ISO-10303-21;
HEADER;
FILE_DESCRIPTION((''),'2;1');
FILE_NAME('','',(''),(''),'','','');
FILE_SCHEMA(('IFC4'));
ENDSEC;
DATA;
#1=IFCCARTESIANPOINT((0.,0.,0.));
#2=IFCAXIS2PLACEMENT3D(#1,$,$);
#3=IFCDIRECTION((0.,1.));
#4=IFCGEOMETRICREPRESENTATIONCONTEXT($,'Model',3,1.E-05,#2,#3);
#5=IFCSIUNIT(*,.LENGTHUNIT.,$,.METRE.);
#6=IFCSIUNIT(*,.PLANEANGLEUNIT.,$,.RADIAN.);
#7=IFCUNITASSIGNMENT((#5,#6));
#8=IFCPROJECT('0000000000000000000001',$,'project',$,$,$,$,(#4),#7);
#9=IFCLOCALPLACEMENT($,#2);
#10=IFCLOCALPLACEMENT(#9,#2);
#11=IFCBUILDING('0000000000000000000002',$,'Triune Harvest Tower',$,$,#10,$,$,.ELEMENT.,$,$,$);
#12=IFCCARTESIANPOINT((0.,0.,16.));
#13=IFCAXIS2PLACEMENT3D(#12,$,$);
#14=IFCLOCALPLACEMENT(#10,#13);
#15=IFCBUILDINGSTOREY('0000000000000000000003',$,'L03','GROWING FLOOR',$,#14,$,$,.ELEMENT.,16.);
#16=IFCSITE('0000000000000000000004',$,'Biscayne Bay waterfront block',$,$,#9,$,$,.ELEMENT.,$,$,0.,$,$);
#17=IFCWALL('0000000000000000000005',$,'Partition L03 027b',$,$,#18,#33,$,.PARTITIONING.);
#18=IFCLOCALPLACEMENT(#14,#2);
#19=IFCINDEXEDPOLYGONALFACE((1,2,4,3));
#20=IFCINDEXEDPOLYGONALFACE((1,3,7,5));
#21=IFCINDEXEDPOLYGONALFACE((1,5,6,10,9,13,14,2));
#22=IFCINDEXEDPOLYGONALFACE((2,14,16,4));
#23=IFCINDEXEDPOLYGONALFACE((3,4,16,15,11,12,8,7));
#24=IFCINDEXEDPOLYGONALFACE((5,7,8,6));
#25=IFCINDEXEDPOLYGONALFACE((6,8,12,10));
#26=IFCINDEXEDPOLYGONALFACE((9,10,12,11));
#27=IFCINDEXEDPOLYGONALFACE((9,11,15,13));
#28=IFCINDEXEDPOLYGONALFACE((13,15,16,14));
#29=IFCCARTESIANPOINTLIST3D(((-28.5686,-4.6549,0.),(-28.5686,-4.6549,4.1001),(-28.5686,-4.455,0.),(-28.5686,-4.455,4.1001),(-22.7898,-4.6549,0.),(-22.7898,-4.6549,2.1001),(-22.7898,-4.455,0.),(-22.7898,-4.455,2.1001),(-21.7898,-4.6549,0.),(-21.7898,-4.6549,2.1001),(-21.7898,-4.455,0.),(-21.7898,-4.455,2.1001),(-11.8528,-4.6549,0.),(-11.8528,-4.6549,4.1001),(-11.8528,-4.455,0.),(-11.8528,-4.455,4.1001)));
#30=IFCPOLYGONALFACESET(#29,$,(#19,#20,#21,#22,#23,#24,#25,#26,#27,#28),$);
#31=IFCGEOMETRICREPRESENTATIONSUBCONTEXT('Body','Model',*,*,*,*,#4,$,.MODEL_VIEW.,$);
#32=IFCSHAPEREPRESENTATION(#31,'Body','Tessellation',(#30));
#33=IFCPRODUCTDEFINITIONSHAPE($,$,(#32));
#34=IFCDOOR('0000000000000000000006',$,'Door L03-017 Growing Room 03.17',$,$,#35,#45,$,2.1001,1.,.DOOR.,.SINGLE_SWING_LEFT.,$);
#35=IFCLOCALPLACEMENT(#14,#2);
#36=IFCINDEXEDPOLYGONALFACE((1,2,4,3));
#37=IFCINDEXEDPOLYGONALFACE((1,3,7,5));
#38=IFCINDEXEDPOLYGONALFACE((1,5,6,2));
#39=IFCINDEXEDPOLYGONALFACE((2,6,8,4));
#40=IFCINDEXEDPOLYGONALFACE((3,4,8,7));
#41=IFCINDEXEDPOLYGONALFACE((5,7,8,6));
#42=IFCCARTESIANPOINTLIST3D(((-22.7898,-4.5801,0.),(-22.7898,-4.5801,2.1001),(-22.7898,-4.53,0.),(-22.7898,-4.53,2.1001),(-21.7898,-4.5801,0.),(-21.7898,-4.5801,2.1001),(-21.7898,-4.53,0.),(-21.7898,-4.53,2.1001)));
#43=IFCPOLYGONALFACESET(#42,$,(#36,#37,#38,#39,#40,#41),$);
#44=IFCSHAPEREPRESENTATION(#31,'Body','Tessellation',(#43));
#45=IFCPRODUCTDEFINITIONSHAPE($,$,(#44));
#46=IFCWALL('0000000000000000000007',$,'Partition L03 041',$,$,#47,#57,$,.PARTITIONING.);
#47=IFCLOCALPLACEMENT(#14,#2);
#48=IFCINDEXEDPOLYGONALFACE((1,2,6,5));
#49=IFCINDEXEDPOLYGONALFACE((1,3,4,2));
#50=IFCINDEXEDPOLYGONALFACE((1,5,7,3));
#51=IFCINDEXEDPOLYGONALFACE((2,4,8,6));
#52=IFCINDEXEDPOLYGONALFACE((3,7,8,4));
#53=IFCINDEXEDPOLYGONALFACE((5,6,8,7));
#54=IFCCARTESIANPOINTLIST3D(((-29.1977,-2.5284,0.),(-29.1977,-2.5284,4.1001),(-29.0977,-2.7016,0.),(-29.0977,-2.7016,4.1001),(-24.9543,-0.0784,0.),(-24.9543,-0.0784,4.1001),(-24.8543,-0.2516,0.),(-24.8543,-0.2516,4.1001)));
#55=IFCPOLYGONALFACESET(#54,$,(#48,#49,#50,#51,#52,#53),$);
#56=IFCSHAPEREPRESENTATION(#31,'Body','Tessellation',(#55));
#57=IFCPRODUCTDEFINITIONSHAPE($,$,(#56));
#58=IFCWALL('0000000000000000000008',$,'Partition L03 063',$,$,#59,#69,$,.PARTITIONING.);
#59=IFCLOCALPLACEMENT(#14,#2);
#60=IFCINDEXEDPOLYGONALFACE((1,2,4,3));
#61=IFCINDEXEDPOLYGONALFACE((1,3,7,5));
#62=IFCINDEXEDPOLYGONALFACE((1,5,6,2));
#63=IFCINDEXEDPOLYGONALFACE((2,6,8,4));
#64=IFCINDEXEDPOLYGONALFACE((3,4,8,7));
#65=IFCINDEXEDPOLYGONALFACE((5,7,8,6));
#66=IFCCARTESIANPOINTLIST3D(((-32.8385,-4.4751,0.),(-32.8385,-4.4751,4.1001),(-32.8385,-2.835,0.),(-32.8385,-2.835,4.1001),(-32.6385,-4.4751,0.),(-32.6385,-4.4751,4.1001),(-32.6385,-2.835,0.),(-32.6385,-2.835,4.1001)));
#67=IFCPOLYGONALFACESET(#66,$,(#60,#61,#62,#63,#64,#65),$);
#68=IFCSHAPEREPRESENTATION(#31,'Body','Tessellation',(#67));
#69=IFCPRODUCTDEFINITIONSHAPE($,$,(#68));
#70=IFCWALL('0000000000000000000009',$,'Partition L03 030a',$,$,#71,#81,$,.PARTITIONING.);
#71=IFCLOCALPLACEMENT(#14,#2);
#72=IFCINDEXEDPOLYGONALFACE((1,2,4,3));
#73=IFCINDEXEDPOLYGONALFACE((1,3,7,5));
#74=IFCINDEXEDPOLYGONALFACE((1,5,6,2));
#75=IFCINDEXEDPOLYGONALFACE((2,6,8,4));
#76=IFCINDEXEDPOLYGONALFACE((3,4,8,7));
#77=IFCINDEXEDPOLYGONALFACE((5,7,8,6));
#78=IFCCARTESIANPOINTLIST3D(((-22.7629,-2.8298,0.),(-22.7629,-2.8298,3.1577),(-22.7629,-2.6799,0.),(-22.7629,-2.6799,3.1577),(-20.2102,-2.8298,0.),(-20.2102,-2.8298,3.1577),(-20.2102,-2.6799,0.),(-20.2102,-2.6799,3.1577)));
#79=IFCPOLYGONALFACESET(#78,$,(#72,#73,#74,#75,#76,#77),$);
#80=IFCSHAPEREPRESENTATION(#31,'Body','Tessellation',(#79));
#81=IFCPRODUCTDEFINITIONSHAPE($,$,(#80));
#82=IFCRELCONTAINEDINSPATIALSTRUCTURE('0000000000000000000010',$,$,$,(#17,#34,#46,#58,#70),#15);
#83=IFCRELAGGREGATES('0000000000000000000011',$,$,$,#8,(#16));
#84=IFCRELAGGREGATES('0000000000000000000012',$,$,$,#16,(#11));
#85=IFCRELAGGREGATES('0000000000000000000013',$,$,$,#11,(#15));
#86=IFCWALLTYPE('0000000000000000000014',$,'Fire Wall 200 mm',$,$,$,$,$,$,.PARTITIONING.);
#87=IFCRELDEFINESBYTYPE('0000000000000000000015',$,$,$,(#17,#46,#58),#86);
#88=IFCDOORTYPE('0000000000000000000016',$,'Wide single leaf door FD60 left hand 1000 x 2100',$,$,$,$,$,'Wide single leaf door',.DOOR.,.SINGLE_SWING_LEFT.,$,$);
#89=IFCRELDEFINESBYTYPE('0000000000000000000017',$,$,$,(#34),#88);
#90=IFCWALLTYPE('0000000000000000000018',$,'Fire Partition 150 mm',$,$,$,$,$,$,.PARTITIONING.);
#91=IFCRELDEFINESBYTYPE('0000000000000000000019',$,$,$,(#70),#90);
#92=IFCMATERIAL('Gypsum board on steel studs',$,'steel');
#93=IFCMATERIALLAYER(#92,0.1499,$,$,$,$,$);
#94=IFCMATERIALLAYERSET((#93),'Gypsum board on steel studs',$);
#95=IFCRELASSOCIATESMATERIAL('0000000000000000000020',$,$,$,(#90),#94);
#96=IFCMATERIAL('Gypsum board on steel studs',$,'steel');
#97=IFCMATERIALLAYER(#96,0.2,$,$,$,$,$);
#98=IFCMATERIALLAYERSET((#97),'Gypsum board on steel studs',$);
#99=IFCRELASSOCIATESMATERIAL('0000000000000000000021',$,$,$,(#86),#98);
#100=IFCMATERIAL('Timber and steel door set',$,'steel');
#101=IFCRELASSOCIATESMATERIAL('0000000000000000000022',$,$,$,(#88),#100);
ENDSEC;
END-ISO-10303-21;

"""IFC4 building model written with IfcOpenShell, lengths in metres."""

from ifc_helpers import new_model, si_unit, direction, frame, frame_2d, origin, place, context, subcontext, project, spatial, rectangle, extrude, source, transform, mapped, material, layer, layer_set, type_object, element, fill, save


model = new_model("IFC4")

# Units and contexts
model_context = context("Model", 3, precision=1e-05, world=origin(), true_north=direction((0.0, 1.0)))
body_context = subcontext(model_context, "Body", "Model", "MODEL_VIEW")
ifc_project = project(units=[si_unit("LENGTHUNIT", "METRE"), si_unit("PLANEANGLEUNIT", "RADIAN")], contexts=[model_context])

# Site, building, storey
site_placement = place(None, origin())
site = spatial("IfcSite", under=ifc_project, at=site_placement, Name="Biscayne Bay waterfront block", CompositionType="ELEMENT", RefElevation=0.0)
building_placement = place(site_placement, origin())
building = spatial("IfcBuilding", under=site, at=building_placement, Name="Triune Harvest Tower", CompositionType="ELEMENT")
storey_placement = place(building_placement, frame((0.0, 0.0, 16.0)))
storey = spatial("IfcBuildingStorey", under=building, at=storey_placement, Name="L03", Description="GROWING FLOOR", CompositionType="ELEMENT", Elevation=16.0)

# Shared definitions
ifc_material_1 = material(Name="Gypsum board on steel studs", Category="steel")
ifc_layer_1 = layer(ifc_material_1, 0.1499)
ifc_layer_set_1 = layer_set([ifc_layer_1], Name="Gypsum board on steel studs")
wall_type_1 = type_object("IfcWallType", Name="Fire Partition 150 mm", PredefinedType="PARTITIONING", material=ifc_layer_set_1)

# Shared definitions
ifc_material_2 = material(Name="Gypsum board on steel studs", Category="steel")
ifc_layer_2 = layer(ifc_material_2, 0.2)
ifc_layer_set_2 = layer_set([ifc_layer_2], Name="Gypsum board on steel studs")
wall_type_2 = type_object("IfcWallType", Name="Fire Wall 200 mm", PredefinedType="PARTITIONING", material=ifc_layer_set_2)

# Wall, opening, door
wall_1_placement = place(storey_placement, frame((-28.5686, -4.5549, 0.0), z_axis=(0.0, 0.0, 1.0), x_axis=(1.0, 0.0, 0.0)))
wall_1 = element("IfcWall", 1, at=wall_1_placement, inside=storey, type_object=wall_type_2, Name="Partition L03 027b", PredefinedType="PARTITIONING", context=body_context, shape_type="SweptSolid", body=[
    extrude(rectangle(XDim=16.7158, YDim=0.2, at=frame_2d((8.3579, 0.0))), origin(), (0.0, 0.0, 1.0), 4.1001),
])
opening_1_placement = place(wall_1_placement, frame((5.7788, 0.0, 0.0)))
opening_1 = element("IfcOpeningElement", 2, at=opening_1_placement, cuts=wall_1, PredefinedType="OPENING", context=body_context, shape_type="SweptSolid", body=[
    extrude(rectangle(XDim=1.0, YDim=2.1001, at=frame_2d((0.5, 1.05))), frame((0.0, 0.1099, 0.0), z_axis=(0.0, -1.0, 0.0), x_axis=(1.0, 0.0, 0.0)), (0.0, 0.0, 1.0), 0.22),
])
ifc_material_3 = material(Name="Timber and steel door set", Category="steel")
door_type_1 = type_object("IfcDoorType", Name="Wide single leaf door FD60 left hand 1000 x 2100", ElementType="Wide single leaf door", OperationType="SINGLE_SWING_LEFT", PredefinedType="DOOR", material=ifc_material_3)
door_1_placement = place(opening_1_placement, origin())
door_1 = element("IfcDoor", 3, at=door_1_placement, inside=storey, type_object=door_type_1, Name="Door L03-017 Growing Room 03.17", OperationType="SINGLE_SWING_LEFT", OverallHeight=2.1001, OverallWidth=1.0, PredefinedType="DOOR", context=body_context, shape_type="SweptSolid", body=[
    extrude(rectangle(XDim=1.0, YDim=2.1001, at=frame_2d((0.5, 1.05))), frame((0.0, 0.0249, 0.0), z_axis=(0.0, -1.0, 0.0), x_axis=(1.0, 0.0, 0.0)), (0.0, 0.0, 1.0), 0.05),
])
fill(opening_1, door_1)

# Walls
wall_2_placement = place(storey_placement, frame((-29.1477, -2.615, 0.0), z_axis=(0.0, 0.0, 1.0), x_axis=(0.866024, 0.500003, 0.0)))
element("IfcWall", 4, at=wall_2_placement, inside=storey, type_object=wall_type_2, Name="Partition L03 041", PredefinedType="PARTITIONING", context=body_context, shape_type="SweptSolid", body=[
    extrude(rectangle(XDim=4.8999, YDim=0.2, at=frame_2d((2.45, 0.0))), origin(), (0.0, 0.0, 1.0), 4.1001),
])
wall_3_placement = place(storey_placement, frame((-32.7385, -4.4751, 0.0), z_axis=(0.0, 0.0, 1.0), x_axis=(0.0, 1.0, 0.0)))
element("IfcWall", 5, at=wall_3_placement, inside=storey, type_object=wall_type_2, Name="Partition L03 063", PredefinedType="PARTITIONING", context=body_context, shape_type="SweptSolid", body=[
    extrude(rectangle(XDim=1.6401, YDim=0.2, at=frame_2d((0.8201, 0.0))), origin(), (0.0, 0.0, 1.0), 4.1001),
])
shared_shape_1 = source(origin(), body_context, "Body", "SweptSolid", [
    extrude(rectangle(XDim=2.5527, YDim=0.1499, at=frame_2d((1.2764, 0.0))), origin(), (0.0, 0.0, 1.0), 3.1577),
])
wall_4_placement = place(storey_placement, frame((-22.7629, -2.7549, 0.0), z_axis=(0.0, 0.0, 1.0), x_axis=(1.0, 0.0, 0.0)))
element("IfcWall", 6, at=wall_4_placement, inside=storey, type_object=wall_type_1, Name="Partition L03 030a", PredefinedType="PARTITIONING", context=body_context, shape_type="MappedRepresentation", body=[
    mapped(shared_shape_1, transform((0.0, 0.0, 0.0), scale=1.0)),
])

save(model, "model.ifc")
